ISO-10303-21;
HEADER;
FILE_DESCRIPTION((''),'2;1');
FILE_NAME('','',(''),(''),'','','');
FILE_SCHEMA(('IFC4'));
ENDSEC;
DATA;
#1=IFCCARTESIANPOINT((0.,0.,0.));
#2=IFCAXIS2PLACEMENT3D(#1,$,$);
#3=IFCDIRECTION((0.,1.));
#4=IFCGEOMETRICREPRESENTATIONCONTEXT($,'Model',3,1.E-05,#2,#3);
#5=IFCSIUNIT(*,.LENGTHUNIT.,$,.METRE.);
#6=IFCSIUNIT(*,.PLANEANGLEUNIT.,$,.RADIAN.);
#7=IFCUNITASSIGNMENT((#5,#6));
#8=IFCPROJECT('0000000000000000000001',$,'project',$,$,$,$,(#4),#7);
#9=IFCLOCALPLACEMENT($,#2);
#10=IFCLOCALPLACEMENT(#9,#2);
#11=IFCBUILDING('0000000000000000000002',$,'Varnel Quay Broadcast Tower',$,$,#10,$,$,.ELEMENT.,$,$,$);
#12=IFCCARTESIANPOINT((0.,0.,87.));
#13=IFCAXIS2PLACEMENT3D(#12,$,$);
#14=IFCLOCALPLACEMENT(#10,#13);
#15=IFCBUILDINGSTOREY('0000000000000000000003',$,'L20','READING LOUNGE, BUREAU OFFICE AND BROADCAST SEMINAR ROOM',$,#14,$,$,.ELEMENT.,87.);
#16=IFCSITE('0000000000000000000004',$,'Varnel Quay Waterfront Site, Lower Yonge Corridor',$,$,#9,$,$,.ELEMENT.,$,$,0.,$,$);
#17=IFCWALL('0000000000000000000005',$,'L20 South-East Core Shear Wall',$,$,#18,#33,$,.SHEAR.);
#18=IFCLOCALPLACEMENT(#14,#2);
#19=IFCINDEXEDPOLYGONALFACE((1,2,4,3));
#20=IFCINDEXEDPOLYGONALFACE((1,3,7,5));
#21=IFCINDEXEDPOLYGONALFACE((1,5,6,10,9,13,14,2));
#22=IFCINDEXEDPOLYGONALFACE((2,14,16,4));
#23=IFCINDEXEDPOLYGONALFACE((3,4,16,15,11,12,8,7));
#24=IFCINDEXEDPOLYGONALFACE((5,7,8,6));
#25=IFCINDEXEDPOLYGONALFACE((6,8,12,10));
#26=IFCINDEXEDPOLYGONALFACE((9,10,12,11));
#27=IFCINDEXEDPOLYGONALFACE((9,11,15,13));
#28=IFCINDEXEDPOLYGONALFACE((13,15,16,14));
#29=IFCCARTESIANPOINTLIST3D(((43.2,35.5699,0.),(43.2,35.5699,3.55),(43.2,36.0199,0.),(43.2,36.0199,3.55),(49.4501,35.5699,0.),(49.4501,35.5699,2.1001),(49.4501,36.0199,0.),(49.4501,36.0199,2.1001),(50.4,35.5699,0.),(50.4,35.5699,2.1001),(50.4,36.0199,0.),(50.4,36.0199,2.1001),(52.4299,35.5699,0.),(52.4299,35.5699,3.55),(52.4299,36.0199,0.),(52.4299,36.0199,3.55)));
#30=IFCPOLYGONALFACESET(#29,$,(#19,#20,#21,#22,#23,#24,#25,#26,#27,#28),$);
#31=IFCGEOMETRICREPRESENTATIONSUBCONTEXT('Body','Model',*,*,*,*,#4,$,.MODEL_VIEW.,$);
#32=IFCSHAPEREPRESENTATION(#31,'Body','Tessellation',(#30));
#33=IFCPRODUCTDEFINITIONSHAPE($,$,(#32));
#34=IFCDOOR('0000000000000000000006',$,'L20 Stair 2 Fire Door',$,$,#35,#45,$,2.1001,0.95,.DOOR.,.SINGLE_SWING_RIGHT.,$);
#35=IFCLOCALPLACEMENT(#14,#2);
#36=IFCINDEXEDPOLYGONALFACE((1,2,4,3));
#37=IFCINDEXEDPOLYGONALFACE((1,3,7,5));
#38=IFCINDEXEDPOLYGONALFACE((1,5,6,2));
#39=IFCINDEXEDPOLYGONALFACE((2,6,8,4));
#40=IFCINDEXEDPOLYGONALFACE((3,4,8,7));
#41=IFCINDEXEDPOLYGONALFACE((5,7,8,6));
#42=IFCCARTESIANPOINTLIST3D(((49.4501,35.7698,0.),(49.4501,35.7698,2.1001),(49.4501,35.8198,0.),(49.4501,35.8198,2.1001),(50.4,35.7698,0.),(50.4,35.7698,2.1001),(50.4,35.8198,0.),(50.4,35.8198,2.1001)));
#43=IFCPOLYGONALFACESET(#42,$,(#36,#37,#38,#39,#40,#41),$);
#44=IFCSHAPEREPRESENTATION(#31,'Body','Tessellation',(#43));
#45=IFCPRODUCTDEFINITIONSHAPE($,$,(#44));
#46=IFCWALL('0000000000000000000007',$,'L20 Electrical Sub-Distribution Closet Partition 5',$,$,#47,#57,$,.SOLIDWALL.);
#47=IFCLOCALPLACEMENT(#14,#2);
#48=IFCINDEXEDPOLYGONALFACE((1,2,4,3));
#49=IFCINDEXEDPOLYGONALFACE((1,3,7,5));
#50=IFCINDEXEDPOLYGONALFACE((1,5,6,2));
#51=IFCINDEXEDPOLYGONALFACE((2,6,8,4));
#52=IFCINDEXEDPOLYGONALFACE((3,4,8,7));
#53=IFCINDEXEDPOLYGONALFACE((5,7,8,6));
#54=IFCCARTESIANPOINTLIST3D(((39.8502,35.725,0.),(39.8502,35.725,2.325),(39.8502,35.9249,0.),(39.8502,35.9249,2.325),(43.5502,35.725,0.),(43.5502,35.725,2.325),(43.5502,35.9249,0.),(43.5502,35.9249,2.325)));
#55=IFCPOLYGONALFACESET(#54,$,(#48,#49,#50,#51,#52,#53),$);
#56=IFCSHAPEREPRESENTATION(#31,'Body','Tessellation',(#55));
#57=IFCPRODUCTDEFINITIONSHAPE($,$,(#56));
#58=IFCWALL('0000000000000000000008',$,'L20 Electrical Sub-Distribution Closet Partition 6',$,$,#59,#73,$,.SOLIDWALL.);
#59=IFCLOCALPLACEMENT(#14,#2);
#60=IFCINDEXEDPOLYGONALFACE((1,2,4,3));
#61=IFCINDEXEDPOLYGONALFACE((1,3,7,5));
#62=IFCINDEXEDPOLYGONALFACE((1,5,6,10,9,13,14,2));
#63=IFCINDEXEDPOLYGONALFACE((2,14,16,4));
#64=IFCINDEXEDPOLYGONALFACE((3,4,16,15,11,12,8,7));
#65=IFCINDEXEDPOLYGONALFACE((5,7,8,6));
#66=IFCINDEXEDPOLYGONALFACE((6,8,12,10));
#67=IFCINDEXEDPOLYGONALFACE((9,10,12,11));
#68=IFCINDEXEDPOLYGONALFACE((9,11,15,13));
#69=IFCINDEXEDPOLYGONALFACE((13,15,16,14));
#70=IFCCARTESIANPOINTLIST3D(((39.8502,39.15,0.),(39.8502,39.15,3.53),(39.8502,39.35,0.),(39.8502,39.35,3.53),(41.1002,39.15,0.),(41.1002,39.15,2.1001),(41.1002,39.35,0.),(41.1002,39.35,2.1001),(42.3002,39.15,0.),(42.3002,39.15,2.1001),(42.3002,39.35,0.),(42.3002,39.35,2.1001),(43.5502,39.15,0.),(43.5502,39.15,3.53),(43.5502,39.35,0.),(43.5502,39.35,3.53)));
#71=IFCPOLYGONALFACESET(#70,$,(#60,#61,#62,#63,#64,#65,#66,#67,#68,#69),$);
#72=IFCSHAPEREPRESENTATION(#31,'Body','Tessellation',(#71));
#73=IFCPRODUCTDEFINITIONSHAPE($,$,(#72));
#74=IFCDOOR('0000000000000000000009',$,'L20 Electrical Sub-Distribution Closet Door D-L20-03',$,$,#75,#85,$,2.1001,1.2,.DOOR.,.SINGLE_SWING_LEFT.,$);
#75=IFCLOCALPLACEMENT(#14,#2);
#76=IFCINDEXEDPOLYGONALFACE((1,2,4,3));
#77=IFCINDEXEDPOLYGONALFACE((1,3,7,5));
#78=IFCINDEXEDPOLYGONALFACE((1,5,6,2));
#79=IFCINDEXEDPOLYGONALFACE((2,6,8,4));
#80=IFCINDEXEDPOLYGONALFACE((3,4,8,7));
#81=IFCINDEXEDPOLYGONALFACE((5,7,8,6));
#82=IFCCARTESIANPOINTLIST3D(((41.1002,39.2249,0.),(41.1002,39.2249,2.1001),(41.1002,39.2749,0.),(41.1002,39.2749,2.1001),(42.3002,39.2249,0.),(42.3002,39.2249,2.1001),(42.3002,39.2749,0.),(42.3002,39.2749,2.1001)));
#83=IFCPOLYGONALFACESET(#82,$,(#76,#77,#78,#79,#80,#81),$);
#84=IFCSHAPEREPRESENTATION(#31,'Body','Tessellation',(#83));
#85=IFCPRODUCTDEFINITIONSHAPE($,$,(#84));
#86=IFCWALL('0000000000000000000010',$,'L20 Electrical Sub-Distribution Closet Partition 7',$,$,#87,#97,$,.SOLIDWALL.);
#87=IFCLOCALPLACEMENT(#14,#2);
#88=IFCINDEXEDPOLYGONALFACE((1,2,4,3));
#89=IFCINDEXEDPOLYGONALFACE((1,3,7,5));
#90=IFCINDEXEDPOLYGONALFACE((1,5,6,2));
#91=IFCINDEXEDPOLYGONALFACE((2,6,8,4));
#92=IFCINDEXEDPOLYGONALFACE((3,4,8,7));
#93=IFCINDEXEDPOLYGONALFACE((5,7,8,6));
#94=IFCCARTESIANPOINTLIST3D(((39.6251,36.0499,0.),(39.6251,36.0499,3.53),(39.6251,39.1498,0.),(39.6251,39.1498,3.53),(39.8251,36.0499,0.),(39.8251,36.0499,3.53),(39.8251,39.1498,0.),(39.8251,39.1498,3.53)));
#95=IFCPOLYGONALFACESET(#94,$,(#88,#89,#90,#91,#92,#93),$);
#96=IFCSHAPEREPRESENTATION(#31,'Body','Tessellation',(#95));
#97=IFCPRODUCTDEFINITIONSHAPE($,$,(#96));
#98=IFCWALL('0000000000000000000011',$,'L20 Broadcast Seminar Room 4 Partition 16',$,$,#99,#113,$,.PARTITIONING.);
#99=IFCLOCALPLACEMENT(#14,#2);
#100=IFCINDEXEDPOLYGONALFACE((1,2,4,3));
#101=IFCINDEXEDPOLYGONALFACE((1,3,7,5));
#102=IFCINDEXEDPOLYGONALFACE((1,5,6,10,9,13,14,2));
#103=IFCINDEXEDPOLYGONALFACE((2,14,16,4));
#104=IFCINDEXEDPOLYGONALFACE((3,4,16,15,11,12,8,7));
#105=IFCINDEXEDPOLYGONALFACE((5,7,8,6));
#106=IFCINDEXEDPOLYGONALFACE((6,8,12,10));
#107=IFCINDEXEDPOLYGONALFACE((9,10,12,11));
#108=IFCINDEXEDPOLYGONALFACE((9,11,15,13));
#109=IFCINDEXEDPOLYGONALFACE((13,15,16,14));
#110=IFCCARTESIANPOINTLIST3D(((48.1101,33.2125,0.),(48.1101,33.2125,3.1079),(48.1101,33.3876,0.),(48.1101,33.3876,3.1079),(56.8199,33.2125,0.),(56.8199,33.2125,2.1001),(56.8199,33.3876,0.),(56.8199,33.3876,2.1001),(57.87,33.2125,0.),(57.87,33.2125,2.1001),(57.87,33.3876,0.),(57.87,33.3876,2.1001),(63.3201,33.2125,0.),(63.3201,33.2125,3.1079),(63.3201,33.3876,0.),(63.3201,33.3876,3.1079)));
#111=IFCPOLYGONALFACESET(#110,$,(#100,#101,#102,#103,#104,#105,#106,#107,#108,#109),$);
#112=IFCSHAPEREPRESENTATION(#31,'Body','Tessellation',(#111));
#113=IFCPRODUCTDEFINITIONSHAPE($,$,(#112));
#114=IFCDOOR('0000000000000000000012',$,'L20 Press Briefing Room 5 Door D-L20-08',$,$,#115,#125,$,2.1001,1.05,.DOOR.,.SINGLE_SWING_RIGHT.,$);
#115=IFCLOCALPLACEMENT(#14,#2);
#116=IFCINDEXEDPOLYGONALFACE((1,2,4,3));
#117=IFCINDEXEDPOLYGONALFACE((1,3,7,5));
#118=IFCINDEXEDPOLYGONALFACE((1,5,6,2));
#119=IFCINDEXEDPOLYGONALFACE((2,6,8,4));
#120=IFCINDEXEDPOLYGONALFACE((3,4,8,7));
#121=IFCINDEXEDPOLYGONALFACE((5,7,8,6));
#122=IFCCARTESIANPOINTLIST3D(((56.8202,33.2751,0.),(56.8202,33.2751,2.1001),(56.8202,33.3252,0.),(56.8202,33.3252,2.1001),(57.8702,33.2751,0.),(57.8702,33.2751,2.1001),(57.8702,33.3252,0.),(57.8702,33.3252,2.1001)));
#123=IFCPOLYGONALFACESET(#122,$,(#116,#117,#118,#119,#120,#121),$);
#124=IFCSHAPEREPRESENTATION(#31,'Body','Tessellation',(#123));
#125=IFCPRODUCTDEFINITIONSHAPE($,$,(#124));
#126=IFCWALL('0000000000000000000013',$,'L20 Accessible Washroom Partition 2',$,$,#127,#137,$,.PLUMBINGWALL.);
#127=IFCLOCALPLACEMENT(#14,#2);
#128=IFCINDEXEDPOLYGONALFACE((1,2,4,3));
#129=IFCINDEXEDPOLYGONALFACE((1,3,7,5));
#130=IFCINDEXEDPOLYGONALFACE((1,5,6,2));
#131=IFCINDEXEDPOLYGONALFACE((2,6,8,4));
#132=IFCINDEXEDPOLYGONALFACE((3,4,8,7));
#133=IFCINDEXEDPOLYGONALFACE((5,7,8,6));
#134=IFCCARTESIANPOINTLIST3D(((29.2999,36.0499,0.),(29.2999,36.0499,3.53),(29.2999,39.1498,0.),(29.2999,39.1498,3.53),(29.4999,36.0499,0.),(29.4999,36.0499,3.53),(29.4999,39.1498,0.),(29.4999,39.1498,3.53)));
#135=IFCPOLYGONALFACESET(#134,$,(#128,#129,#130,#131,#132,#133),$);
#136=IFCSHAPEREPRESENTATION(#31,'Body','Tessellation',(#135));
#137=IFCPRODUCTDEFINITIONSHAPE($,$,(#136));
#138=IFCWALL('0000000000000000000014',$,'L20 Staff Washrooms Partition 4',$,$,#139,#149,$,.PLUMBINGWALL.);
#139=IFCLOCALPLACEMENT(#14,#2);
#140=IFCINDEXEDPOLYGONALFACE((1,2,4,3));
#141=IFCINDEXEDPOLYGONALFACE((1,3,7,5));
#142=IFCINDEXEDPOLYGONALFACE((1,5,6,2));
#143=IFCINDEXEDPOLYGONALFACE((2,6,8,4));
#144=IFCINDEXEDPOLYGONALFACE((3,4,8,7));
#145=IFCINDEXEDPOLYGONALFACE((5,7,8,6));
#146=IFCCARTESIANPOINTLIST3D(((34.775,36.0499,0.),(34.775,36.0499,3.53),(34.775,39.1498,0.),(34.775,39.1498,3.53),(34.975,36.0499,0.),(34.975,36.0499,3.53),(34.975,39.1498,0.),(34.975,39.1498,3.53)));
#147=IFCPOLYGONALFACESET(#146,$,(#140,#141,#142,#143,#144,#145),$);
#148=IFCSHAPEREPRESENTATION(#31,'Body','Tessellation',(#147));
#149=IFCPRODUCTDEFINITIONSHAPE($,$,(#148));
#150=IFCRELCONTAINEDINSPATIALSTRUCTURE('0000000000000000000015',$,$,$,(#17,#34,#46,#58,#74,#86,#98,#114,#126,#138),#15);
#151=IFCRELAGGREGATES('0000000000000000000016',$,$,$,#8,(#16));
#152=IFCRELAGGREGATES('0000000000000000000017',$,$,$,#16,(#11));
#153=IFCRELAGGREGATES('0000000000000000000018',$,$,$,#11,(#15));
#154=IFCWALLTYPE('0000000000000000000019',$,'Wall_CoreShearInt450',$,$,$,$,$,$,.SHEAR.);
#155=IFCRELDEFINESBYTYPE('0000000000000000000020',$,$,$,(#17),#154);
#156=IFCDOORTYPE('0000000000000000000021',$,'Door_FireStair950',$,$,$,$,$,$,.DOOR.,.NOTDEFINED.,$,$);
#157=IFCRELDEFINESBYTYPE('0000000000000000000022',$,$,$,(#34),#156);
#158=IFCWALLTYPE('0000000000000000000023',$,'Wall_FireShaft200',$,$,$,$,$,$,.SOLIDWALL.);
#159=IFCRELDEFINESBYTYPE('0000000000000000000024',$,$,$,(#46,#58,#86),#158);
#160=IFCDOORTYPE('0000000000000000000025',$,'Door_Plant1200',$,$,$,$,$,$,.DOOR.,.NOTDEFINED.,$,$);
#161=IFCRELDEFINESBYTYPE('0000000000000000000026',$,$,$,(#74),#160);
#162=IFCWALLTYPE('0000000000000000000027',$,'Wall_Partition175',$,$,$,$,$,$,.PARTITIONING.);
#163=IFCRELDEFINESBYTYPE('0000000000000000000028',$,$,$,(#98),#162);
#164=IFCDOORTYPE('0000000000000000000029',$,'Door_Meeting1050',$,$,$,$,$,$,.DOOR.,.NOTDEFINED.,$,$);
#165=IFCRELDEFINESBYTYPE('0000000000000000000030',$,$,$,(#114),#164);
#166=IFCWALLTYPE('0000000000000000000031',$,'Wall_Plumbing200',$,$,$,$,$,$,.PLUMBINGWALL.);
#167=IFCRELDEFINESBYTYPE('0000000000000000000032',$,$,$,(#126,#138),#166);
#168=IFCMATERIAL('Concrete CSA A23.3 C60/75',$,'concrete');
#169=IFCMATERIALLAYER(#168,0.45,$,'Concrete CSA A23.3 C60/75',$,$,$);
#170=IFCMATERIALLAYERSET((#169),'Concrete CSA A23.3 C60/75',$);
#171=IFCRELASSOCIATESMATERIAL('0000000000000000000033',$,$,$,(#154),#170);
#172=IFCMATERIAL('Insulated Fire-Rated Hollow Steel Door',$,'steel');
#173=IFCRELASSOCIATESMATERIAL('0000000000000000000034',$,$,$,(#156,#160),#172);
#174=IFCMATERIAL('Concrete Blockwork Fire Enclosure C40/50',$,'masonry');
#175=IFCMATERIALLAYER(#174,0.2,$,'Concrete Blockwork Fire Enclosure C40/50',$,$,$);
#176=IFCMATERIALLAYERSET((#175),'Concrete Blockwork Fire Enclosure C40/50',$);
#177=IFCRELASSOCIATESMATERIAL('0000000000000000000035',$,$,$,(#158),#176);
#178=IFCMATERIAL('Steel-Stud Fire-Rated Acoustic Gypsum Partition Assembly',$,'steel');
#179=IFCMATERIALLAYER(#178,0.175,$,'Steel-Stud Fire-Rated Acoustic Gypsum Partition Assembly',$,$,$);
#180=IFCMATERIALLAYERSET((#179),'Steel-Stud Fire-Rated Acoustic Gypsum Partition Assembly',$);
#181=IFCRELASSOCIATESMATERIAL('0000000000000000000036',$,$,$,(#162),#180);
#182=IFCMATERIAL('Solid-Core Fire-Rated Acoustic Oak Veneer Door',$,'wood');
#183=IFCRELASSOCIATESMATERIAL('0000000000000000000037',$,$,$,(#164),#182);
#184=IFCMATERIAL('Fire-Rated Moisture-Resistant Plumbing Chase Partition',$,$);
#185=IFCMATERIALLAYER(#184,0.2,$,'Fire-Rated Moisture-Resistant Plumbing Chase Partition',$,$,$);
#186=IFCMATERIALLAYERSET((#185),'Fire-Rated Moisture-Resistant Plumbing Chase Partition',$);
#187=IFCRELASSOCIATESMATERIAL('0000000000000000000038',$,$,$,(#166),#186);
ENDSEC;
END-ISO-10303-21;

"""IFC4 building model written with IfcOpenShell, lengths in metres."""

from ifc_helpers import new_model, si_unit, direction, frame, frame_2d, origin, place, context, subcontext, project, spatial, rectangle, extrude, source, transform, mapped, material, layer, layer_set, type_object, type_shapes, element, fill, save


model = new_model("IFC4")

# Units and contexts
model_context = context("Model", 3, precision=1e-05, world=origin(), true_north=direction((0.0, 1.0)))
body_context = subcontext(model_context, "Body", "Model", "MODEL_VIEW")
ifc_project = project(units=[si_unit("LENGTHUNIT", "METRE"), si_unit("PLANEANGLEUNIT", "RADIAN")], contexts=[model_context])

# Site, building, storey
site_placement = place(None, origin())
site = spatial("IfcSite", under=ifc_project, at=site_placement, Name="Varnel Quay Waterfront Site, Lower Yonge Corridor", CompositionType="ELEMENT", RefElevation=0.0)
building_placement = place(site_placement, origin())
building = spatial("IfcBuilding", under=site, at=building_placement, Name="Varnel Quay Broadcast Tower", CompositionType="ELEMENT")
storey_placement = place(building_placement, frame((0.0, 0.0, 87.0)))
storey = spatial("IfcBuildingStorey", under=building, at=storey_placement, Name="L20", Description="READING LOUNGE, BUREAU OFFICE AND BROADCAST SEMINAR ROOM", CompositionType="ELEMENT", Elevation=87.0)

# Shared definitions
ifc_material_1 = material(Name="Concrete CSA A23.3 C60/75", Category="concrete")

# Wall, opening, door
ifc_layer_1 = layer(ifc_material_1, 0.45, Name="Concrete CSA A23.3 C60/75")
ifc_layer_set_1 = layer_set([ifc_layer_1], Name="Concrete CSA A23.3 C60/75")
wall_type_1 = type_object("IfcWallType", Name="Wall_CoreShearInt450", PredefinedType="SHEAR", material=ifc_layer_set_1)
wall_1_placement = place(storey_placement, frame((43.2, 35.7949, 0.0), z_axis=(0.0, 0.0, 1.0), x_axis=(1.0, 0.0, 0.0)))
wall_1 = element("IfcWall", 1, at=wall_1_placement, inside=storey, type_object=wall_type_1, Name="L20 South-East Core Shear Wall", PredefinedType="SHEAR", context=body_context, shape_type="SweptSolid", body=[
    extrude(rectangle(XDim=9.23, YDim=0.45, at=frame_2d((4.615, 0.0))), origin(), (0.0, 0.0, 1.0), 3.55),
])
opening_1_placement = place(wall_1_placement, frame((6.25, 0.0, 0.0)))
opening_1 = element("IfcOpeningElement", 2, at=opening_1_placement, cuts=wall_1, PredefinedType="OPENING", context=body_context, shape_type="SweptSolid", body=[
    extrude(rectangle(XDim=0.95, YDim=2.1001, at=frame_2d((0.4751, 1.05))), frame((0.0, 0.2349, 0.0), z_axis=(0.0, -1.0, 0.0), x_axis=(1.0, 0.0, 0.0)), (0.0, 0.0, 1.0), 0.47),
])
ifc_material_2 = material(Name="Insulated Fire-Rated Hollow Steel Door", Category="steel")
door_type_1 = type_object("IfcDoorType", Name="Door_FireStair950", OperationType="NOTDEFINED", PredefinedType="DOOR", material=ifc_material_2)
shared_shape_1 = source(origin(), body_context, "Body", "SweptSolid", [
    extrude(rectangle(XDim=0.95, YDim=2.1001, at=frame_2d((0.4751, 1.05))), frame((0.0, 0.0249, 0.0), z_axis=(0.0, -1.0, 0.0), x_axis=(1.0, 0.0, 0.0)), (0.0, 0.0, 1.0), 0.05),
])
type_shapes(door_type_1, [shared_shape_1])
door_1_placement = place(opening_1_placement, origin())
door_1 = element("IfcDoor", 3, at=door_1_placement, inside=storey, type_object=door_type_1, Name="L20 Stair 2 Fire Door", OperationType="SINGLE_SWING_RIGHT", OverallHeight=2.1001, OverallWidth=0.95, PredefinedType="DOOR", context=body_context, shape_type="MappedRepresentation", body=[
    mapped(shared_shape_1, transform((0.0, 0.0, 0.0), x_axis=(1.0, 0.0, 0.0), y_axis=(0.0, 1.0, 0.0), z_axis=(0.0, 0.0, 1.0), scale=1.0)),
])
fill(opening_1, door_1)

# Wall
ifc_material_3 = material(Name="Concrete Blockwork Fire Enclosure C40/50", Category="masonry")
ifc_layer_2 = layer(ifc_material_3, 0.2, Name="Concrete Blockwork Fire Enclosure C40/50")
ifc_layer_set_2 = layer_set([ifc_layer_2], Name="Concrete Blockwork Fire Enclosure C40/50")
wall_type_2 = type_object("IfcWallType", Name="Wall_FireShaft200", PredefinedType="SOLIDWALL", material=ifc_layer_set_2)
wall_2_placement = place(storey_placement, frame((39.8501, 35.825, 0.0), z_axis=(0.0, 0.0, 1.0), x_axis=(1.0, 0.0, 0.0)))
element("IfcWall", 4, at=wall_2_placement, inside=storey, type_object=wall_type_2, Name="L20 Electrical Sub-Distribution Closet Partition 5", PredefinedType="SOLIDWALL", context=body_context, shape_type="SweptSolid", body=[
    extrude(rectangle(XDim=3.7, YDim=0.2, at=frame_2d((1.8501, 0.0))), origin(), (0.0, 0.0, 1.0), 2.325),
])

# Wall, opening, door
wall_3_placement = place(storey_placement, frame((39.8501, 39.25, 0.0), z_axis=(0.0, 0.0, 1.0), x_axis=(1.0, 0.0, 0.0)))
wall_3 = element("IfcWall", 5, at=wall_3_placement, inside=storey, type_object=wall_type_2, Name="L20 Electrical Sub-Distribution Closet Partition 6", PredefinedType="SOLIDWALL", context=body_context, shape_type="SweptSolid", body=[
    extrude(rectangle(XDim=3.7, YDim=0.2, at=frame_2d((1.8501, 0.0))), origin(), (0.0, 0.0, 1.0), 3.53),
])
opening_2_placement = place(wall_3_placement, frame((1.25, 0.0, 0.0)))
opening_2 = element("IfcOpeningElement", 6, at=opening_2_placement, cuts=wall_3, PredefinedType="OPENING", context=body_context, shape_type="SweptSolid", body=[
    extrude(rectangle(XDim=1.2, YDim=2.1001, at=frame_2d((0.6001, 1.05))), frame((0.0, 0.1099, 0.0), z_axis=(0.0, -1.0, 0.0), x_axis=(1.0, 0.0, 0.0)), (0.0, 0.0, 1.0), 0.22),
])
door_type_2 = type_object("IfcDoorType", Name="Door_Plant1200", OperationType="NOTDEFINED", PredefinedType="DOOR", material=ifc_material_2)
shared_shape_2 = source(origin(), body_context, "Body", "SweptSolid", [
    extrude(rectangle(XDim=1.2, YDim=2.1001, at=frame_2d((0.6001, 1.05))), frame((0.0, 0.0249, 0.0), z_axis=(0.0, -1.0, 0.0), x_axis=(1.0, 0.0, 0.0)), (0.0, 0.0, 1.0), 0.05),
])
type_shapes(door_type_2, [shared_shape_2])
door_2_placement = place(opening_2_placement, origin())
door_2 = element("IfcDoor", 7, at=door_2_placement, inside=storey, type_object=door_type_2, Name="L20 Electrical Sub-Distribution Closet Door D-L20-03", OperationType="SINGLE_SWING_LEFT", OverallHeight=2.1001, OverallWidth=1.2, PredefinedType="DOOR", context=body_context, shape_type="MappedRepresentation", body=[
    mapped(shared_shape_2, transform((0.0, 0.0, 0.0), x_axis=(1.0, 0.0, 0.0), y_axis=(0.0, 1.0, 0.0), z_axis=(0.0, 0.0, 1.0), scale=1.0)),
])
fill(opening_2, door_2)

# Wall
wall_4_placement = place(storey_placement, frame((39.7251, 36.05, 0.0), z_axis=(0.0, 0.0, 1.0), x_axis=(0.0, 1.0, 0.0)))
element("IfcWall", 8, at=wall_4_placement, inside=storey, type_object=wall_type_2, Name="L20 Electrical Sub-Distribution Closet Partition 7", PredefinedType="SOLIDWALL", context=body_context, shape_type="SweptSolid", body=[
    extrude(rectangle(XDim=3.0999, YDim=0.2, at=frame_2d((1.5498, 0.0))), origin(), (0.0, 0.0, 1.0), 3.53),
])

# Wall, opening, door
ifc_material_4 = material(Name="Steel-Stud Fire-Rated Acoustic Gypsum Partition Assembly", Category="steel")
ifc_layer_3 = layer(ifc_material_4, 0.175, Name="Steel-Stud Fire-Rated Acoustic Gypsum Partition Assembly")
ifc_layer_set_3 = layer_set([ifc_layer_3], Name="Steel-Stud Fire-Rated Acoustic Gypsum Partition Assembly")
wall_type_3 = type_object("IfcWallType", Name="Wall_Partition175", PredefinedType="PARTITIONING", material=ifc_layer_set_3)
wall_5_placement = place(storey_placement, frame((48.1101, 33.3, 0.0), z_axis=(0.0, 0.0, 1.0), x_axis=(1.0, 0.0, 0.0)))
wall_5 = element("IfcWall", 9, at=wall_5_placement, inside=storey, type_object=wall_type_3, Name="L20 Broadcast Seminar Room 4 Partition 16", PredefinedType="PARTITIONING", context=body_context, shape_type="SweptSolid", body=[
    extrude(rectangle(XDim=15.21, YDim=0.175, at=frame_2d((7.605, 0.0))), origin(), (0.0, 0.0, 1.0), 3.1079),
])
opening_3_placement = place(wall_5_placement, frame((8.71, 0.0, 0.0)))
opening_3 = element("IfcOpeningElement", 10, at=opening_3_placement, cuts=wall_5, PredefinedType="OPENING", context=body_context, shape_type="SweptSolid", body=[
    extrude(rectangle(XDim=1.05, YDim=2.1001, at=frame_2d((0.5249, 1.05))), frame((0.0, 0.0977, 0.0), z_axis=(0.0, -1.0, 0.0), x_axis=(1.0, 0.0, 0.0)), (0.0, 0.0, 1.0), 0.1951),
])
ifc_material_5 = material(Name="Solid-Core Fire-Rated Acoustic Oak Veneer Door", Category="wood")
door_type_3 = type_object("IfcDoorType", Name="Door_Meeting1050", OperationType="NOTDEFINED", PredefinedType="DOOR", material=ifc_material_5)
shared_shape_3 = source(origin(), body_context, "Body", "SweptSolid", [
    extrude(rectangle(XDim=1.05, YDim=2.1001, at=frame_2d((0.5249, 1.05))), frame((0.0, 0.0249, 0.0), z_axis=(0.0, -1.0, 0.0), x_axis=(1.0, 0.0, 0.0)), (0.0, 0.0, 1.0), 0.05),
])
type_shapes(door_type_3, [shared_shape_3])
door_3_placement = place(opening_3_placement, frame((1.05, 0.0, 0.0), z_axis=(0.0, 0.0, 1.0), x_axis=(-1.0, 0.0, 0.0)))
door_3 = element("IfcDoor", 11, at=door_3_placement, inside=storey, type_object=door_type_3, Name="L20 Press Briefing Room 5 Door D-L20-08", OperationType="SINGLE_SWING_RIGHT", OverallHeight=2.1001, OverallWidth=1.05, PredefinedType="DOOR", context=body_context, shape_type="MappedRepresentation", body=[
    mapped(shared_shape_3, transform((0.0, 0.0, 0.0), x_axis=(1.0, 0.0, 0.0), y_axis=(0.0, 1.0, 0.0), z_axis=(0.0, 0.0, 1.0), scale=1.0)),
])
fill(opening_3, door_3)

# Walls
ifc_material_6 = material(Name="Fire-Rated Moisture-Resistant Plumbing Chase Partition")
ifc_layer_4 = layer(ifc_material_6, 0.2, Name="Fire-Rated Moisture-Resistant Plumbing Chase Partition")
ifc_layer_set_4 = layer_set([ifc_layer_4], Name="Fire-Rated Moisture-Resistant Plumbing Chase Partition")
wall_type_4 = type_object("IfcWallType", Name="Wall_Plumbing200", PredefinedType="PLUMBINGWALL", material=ifc_layer_set_4)
for number, where, z_axis, x_axis, name in (
    (12, (29.3999, 36.05, 0.0), (0.0, 0.0, 1.0), (0.0, 1.0, 0.0), "L20 Accessible Washroom Partition 2"),
    (13, (34.875, 36.05, 0.0), (0.0, 0.0, 1.0), (0.0, 1.0, 0.0), "L20 Staff Washrooms Partition 4"),
):
    element("IfcWall", number, at=place(storey_placement, frame(where, z_axis=z_axis, x_axis=x_axis)), inside=storey, type_object=wall_type_4, Name=name, PredefinedType="PLUMBINGWALL", context=body_context, shape_type="SweptSolid", body=[
        extrude(rectangle(XDim=3.0999, YDim=0.2, at=frame_2d((1.5498, 0.0))), origin(), (0.0, 0.0, 1.0), 3.53),
    ])

save(model, "model.ifc")
